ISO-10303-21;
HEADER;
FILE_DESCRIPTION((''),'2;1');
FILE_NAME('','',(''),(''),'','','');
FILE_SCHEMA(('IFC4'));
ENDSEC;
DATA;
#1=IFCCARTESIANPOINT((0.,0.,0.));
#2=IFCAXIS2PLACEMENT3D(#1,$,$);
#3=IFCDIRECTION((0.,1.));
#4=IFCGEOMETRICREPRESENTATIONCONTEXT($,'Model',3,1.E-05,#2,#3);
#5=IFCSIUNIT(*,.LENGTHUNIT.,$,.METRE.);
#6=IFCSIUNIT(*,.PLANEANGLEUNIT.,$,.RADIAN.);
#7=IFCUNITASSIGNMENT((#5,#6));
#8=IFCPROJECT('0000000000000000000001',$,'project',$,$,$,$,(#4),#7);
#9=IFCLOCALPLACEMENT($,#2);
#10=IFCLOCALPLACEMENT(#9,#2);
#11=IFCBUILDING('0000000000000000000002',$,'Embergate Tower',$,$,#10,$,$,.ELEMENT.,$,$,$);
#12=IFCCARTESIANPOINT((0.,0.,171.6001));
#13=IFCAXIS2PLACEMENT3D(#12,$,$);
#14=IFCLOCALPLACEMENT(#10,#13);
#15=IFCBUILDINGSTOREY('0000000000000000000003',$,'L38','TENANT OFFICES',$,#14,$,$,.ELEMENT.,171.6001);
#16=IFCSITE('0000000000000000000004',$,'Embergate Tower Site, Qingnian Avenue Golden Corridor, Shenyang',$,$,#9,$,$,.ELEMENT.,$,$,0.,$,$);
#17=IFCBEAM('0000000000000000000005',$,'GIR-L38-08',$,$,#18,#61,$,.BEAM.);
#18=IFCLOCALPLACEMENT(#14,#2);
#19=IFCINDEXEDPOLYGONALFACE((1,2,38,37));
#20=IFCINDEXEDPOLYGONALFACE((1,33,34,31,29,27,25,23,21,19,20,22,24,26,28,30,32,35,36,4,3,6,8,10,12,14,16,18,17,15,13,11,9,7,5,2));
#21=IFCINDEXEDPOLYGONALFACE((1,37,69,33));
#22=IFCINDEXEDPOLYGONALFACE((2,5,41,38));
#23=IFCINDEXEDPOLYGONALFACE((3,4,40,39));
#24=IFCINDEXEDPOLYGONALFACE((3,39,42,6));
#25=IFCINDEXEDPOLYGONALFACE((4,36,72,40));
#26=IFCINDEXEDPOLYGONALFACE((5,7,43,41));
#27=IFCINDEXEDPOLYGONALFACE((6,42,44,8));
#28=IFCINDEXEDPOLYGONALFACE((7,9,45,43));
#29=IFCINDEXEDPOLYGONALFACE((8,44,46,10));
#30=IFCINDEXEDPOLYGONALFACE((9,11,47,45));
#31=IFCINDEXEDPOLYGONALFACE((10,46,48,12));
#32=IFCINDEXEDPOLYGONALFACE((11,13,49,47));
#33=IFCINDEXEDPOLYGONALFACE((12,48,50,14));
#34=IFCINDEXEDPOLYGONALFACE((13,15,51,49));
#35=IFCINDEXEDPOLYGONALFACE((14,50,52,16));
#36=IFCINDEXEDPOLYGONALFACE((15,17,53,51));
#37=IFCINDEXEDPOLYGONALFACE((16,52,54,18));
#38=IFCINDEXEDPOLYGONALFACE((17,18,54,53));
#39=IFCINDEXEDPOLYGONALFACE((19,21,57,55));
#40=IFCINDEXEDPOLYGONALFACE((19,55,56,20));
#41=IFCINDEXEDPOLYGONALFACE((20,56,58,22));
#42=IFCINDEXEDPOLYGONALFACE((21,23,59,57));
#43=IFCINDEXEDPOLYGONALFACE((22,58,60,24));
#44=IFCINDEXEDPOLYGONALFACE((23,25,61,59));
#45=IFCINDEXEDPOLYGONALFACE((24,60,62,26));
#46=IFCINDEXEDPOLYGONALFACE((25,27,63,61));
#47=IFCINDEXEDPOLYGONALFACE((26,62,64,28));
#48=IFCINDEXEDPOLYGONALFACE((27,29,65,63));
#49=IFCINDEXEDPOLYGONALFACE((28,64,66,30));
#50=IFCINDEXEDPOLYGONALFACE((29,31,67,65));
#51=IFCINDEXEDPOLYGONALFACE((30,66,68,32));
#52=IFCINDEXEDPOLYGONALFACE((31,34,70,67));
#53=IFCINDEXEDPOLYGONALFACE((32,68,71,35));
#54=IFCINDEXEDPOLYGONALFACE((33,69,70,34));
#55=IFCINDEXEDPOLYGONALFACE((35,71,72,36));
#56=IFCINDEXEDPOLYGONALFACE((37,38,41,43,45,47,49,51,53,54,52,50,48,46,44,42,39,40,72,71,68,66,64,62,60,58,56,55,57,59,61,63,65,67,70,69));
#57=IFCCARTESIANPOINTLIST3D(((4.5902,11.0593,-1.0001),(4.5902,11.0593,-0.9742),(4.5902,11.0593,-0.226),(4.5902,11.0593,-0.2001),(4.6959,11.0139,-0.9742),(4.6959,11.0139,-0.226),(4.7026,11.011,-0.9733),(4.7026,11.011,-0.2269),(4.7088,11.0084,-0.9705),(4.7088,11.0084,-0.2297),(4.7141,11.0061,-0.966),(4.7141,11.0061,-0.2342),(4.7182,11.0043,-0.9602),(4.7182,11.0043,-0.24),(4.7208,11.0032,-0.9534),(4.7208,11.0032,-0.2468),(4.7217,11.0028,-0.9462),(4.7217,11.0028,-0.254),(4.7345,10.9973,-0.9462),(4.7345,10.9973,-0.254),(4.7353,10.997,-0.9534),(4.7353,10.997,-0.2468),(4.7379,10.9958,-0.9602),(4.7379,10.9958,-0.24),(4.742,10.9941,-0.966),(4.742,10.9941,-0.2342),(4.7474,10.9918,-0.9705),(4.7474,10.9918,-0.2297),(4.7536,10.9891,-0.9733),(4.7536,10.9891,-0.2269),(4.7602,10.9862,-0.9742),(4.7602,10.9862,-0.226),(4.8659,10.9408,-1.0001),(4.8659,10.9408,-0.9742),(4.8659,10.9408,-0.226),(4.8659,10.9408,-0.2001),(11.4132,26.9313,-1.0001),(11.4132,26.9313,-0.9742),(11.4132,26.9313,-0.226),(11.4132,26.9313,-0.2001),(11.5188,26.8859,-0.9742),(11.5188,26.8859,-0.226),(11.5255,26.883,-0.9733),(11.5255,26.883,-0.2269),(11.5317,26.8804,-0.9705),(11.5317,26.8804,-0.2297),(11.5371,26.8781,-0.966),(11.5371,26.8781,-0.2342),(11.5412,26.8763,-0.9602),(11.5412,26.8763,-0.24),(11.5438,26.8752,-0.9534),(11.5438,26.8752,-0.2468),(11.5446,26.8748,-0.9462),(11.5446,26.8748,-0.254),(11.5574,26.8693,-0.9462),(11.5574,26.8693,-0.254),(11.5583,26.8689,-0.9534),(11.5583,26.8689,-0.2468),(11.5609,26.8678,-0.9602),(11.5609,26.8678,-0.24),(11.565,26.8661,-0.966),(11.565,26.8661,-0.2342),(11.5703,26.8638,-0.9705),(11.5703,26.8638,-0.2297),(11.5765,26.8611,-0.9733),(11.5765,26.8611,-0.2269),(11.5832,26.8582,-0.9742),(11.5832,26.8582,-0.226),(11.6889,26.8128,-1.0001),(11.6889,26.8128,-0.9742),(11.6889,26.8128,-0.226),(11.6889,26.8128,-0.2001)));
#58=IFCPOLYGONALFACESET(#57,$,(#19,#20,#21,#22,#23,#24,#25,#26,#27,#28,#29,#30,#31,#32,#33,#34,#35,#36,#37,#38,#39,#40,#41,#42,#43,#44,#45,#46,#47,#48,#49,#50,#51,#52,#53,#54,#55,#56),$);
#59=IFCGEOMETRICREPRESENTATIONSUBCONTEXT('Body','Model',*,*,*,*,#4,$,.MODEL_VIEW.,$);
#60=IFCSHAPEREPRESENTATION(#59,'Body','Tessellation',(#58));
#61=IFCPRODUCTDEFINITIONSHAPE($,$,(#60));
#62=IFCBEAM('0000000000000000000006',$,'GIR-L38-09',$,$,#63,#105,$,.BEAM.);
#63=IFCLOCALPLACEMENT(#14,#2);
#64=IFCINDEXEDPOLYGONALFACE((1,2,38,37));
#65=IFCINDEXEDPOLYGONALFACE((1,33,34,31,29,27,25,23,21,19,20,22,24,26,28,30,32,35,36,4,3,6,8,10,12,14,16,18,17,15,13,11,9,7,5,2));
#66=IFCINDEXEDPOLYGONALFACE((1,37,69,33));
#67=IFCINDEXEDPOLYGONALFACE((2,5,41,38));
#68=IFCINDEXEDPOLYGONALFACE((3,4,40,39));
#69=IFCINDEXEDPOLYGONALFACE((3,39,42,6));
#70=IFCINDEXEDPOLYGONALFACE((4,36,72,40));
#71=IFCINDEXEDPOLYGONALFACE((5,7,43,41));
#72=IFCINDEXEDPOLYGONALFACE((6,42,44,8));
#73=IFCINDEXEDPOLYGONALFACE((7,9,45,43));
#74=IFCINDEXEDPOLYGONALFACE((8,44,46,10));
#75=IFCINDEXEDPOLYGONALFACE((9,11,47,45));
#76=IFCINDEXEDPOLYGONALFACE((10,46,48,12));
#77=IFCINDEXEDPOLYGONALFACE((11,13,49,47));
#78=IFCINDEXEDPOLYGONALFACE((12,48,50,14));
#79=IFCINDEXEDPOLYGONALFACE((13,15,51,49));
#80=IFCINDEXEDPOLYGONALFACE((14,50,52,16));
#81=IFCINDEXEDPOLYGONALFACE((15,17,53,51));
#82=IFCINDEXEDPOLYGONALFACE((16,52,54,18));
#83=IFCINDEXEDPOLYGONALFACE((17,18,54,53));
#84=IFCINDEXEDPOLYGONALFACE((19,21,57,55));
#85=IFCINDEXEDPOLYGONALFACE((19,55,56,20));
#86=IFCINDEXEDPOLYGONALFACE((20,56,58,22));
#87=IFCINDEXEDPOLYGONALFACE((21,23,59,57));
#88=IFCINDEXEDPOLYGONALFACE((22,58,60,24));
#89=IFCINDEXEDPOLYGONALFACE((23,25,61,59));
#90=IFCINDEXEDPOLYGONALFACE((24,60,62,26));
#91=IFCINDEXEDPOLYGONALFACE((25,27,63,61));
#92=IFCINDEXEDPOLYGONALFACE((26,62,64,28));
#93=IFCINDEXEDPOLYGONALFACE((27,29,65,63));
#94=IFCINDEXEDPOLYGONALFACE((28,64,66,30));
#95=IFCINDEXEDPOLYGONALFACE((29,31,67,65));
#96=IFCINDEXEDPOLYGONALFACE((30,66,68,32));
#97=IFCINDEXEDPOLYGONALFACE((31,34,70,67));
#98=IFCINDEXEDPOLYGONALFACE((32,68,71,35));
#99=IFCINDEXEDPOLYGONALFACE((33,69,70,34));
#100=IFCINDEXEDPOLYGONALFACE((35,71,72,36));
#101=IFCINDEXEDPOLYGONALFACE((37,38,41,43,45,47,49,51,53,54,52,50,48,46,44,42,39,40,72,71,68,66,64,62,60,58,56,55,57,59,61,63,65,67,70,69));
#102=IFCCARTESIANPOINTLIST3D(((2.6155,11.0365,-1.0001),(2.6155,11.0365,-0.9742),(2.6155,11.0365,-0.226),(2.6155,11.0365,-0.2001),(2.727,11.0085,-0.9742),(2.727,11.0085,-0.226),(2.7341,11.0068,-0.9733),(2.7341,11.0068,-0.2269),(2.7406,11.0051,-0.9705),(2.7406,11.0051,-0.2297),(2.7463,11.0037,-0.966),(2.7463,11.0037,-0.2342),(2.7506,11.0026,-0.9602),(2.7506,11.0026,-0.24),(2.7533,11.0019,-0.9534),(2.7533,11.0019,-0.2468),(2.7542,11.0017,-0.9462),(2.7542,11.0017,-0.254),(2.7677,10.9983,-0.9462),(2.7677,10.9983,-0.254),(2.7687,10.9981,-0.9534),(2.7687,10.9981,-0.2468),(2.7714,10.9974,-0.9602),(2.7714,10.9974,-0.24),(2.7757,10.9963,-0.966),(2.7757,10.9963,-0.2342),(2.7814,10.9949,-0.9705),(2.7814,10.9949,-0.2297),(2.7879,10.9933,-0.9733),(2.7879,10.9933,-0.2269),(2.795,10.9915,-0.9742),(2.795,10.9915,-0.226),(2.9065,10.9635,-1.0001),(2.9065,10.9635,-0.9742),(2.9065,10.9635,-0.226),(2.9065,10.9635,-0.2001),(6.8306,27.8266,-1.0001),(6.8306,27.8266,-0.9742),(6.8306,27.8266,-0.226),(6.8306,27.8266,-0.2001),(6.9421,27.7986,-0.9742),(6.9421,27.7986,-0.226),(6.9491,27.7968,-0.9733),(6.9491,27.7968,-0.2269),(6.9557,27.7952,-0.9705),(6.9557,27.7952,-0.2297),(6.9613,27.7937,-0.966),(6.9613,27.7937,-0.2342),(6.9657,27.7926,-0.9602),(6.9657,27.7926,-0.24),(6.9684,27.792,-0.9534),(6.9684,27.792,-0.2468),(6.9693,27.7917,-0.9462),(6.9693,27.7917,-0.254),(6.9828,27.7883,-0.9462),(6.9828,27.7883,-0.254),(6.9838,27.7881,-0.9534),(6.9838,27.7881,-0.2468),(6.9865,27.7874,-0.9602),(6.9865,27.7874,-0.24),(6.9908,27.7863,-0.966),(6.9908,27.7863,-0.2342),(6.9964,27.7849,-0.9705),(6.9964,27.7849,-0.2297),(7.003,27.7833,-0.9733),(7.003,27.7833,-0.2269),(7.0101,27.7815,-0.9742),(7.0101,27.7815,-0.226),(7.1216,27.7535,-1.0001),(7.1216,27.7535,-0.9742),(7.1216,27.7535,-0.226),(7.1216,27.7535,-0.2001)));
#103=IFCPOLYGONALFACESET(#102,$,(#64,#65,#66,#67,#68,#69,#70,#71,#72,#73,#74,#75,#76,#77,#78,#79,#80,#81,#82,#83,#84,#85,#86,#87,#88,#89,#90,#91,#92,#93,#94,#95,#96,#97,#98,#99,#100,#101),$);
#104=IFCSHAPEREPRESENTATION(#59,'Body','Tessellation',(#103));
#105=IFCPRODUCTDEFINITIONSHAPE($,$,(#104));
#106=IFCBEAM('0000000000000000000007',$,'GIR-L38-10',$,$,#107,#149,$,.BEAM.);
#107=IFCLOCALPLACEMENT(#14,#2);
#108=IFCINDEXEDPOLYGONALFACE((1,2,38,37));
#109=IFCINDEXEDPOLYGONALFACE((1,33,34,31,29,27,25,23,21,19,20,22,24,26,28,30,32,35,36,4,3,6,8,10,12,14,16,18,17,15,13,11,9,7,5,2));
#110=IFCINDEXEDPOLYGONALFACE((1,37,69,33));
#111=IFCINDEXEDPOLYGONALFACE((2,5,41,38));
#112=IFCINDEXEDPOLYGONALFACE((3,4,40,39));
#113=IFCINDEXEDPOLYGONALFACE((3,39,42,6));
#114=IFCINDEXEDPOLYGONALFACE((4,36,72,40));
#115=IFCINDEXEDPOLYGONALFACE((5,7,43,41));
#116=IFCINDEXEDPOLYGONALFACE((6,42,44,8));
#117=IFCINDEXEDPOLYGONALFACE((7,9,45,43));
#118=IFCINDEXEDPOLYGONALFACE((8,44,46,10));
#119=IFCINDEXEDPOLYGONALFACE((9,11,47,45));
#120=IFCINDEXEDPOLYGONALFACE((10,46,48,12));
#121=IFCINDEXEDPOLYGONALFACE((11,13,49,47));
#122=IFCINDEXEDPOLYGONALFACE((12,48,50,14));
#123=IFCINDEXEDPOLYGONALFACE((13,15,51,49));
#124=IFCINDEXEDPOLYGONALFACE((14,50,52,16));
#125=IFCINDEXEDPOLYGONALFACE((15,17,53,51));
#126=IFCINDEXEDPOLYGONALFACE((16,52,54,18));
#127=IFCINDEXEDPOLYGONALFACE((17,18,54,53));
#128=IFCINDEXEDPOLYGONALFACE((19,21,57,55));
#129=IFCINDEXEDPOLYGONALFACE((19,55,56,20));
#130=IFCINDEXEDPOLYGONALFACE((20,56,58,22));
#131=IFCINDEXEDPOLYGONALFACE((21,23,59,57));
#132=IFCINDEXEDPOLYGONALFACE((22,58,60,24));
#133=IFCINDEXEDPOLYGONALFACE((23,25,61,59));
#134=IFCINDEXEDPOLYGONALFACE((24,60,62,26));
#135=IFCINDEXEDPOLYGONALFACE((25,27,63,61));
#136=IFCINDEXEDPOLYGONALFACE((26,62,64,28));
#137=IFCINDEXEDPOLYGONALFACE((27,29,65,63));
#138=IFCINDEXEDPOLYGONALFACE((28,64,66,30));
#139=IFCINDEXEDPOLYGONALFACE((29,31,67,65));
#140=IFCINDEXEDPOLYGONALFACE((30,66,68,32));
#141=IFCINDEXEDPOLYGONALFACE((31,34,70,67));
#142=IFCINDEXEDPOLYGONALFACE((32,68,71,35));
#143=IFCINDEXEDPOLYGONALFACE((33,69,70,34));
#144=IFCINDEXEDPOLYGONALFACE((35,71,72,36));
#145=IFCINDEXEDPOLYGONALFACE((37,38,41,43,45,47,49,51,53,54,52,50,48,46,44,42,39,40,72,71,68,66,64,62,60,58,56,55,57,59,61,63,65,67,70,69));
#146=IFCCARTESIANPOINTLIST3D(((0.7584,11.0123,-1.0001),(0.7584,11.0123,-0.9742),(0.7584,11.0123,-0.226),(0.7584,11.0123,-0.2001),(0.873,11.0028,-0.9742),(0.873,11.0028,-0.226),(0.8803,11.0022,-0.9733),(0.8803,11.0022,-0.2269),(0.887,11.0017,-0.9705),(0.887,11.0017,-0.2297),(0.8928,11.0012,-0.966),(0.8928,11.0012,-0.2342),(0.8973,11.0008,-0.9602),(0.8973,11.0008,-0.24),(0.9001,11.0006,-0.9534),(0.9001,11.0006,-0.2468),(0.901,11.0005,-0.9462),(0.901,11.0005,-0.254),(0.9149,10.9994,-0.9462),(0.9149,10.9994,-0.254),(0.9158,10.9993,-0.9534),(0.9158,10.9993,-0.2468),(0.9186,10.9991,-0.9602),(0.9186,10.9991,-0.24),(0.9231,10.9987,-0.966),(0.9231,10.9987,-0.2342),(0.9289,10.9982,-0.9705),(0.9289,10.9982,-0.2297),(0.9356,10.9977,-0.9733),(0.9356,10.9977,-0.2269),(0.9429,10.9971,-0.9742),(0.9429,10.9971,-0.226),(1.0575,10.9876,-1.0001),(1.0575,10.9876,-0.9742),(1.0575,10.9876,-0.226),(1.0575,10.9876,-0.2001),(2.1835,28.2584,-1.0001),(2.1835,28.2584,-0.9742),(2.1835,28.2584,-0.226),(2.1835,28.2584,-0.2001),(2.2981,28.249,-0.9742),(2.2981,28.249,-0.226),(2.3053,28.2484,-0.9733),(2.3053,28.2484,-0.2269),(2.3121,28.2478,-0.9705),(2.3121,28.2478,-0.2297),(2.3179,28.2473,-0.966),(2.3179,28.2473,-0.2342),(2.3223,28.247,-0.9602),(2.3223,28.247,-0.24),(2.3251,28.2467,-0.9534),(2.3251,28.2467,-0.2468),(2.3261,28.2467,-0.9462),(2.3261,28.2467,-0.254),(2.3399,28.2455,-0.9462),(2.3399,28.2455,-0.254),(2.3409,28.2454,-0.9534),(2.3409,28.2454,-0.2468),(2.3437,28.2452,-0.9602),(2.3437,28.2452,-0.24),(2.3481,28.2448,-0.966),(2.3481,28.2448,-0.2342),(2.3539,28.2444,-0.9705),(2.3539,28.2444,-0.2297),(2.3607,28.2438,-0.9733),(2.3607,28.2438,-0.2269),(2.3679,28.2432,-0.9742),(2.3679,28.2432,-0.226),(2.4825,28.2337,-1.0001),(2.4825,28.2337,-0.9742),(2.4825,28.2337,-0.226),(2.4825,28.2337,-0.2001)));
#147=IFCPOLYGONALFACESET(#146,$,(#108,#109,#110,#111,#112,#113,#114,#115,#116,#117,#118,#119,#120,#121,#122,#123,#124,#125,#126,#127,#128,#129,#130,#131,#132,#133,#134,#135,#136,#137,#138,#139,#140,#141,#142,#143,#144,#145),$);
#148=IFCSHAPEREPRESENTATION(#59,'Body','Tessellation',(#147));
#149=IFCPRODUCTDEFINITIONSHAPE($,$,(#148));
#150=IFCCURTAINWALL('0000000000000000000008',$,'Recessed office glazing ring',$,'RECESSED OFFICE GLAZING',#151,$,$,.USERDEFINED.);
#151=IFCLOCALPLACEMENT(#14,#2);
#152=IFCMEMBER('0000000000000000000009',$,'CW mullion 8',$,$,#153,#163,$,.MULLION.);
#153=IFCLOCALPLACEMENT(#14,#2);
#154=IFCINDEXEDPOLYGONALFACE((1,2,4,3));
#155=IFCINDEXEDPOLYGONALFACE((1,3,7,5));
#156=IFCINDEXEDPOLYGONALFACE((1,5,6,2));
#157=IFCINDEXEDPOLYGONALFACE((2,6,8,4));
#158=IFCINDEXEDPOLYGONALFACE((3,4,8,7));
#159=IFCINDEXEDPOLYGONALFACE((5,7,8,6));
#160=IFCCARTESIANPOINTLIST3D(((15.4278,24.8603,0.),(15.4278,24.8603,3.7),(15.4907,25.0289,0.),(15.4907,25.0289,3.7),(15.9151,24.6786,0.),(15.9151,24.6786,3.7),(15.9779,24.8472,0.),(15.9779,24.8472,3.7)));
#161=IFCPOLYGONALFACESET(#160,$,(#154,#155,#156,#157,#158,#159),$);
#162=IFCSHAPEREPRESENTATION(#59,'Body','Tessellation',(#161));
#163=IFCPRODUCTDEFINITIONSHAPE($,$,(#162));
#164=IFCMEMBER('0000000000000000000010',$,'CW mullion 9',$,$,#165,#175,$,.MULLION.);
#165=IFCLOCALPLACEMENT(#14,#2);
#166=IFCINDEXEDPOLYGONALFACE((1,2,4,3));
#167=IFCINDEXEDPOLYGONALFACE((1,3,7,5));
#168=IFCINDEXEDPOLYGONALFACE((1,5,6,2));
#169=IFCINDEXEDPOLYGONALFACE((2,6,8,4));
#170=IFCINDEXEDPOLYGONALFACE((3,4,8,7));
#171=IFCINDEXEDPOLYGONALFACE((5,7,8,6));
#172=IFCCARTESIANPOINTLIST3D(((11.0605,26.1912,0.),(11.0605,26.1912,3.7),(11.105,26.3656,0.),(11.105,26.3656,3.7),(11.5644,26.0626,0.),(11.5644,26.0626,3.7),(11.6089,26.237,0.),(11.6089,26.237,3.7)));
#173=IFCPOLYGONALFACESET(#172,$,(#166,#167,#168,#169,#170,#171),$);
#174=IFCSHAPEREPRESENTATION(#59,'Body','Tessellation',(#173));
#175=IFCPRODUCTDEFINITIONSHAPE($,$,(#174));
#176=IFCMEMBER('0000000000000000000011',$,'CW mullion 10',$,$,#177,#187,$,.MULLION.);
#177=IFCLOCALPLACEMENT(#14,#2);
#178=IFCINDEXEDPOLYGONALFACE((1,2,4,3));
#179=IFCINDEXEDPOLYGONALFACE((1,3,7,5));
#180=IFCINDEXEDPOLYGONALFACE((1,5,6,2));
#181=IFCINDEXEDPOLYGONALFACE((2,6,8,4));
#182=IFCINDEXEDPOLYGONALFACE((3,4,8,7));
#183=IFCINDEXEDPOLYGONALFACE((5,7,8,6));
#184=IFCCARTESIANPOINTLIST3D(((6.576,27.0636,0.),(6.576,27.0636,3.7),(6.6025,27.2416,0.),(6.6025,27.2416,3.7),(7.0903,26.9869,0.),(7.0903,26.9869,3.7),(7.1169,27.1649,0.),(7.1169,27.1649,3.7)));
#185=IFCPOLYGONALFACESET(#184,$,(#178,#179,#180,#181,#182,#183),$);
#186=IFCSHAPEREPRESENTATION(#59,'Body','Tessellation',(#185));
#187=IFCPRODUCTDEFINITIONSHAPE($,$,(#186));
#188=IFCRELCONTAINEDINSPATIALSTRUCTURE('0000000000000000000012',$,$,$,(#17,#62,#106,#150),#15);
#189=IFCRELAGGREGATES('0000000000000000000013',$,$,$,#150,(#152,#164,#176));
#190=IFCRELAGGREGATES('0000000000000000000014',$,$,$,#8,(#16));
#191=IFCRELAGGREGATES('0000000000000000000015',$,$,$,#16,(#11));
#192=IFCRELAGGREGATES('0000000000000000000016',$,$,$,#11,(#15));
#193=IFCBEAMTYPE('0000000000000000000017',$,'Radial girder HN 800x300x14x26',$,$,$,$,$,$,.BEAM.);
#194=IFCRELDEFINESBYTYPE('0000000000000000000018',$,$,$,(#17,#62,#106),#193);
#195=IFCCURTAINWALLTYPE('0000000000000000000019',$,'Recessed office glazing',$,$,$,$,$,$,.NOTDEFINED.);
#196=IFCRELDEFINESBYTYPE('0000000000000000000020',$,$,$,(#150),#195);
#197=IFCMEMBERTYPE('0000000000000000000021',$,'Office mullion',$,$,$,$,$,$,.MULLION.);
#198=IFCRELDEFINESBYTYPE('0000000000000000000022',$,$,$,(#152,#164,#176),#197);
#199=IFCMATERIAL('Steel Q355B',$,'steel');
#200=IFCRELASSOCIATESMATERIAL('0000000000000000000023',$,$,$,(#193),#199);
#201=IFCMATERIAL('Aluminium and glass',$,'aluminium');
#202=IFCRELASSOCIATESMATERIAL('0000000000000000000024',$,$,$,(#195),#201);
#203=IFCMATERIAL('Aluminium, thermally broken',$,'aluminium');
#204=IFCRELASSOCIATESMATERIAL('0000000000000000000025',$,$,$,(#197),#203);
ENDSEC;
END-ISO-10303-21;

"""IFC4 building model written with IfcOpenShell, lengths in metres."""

from ifc_helpers import new_model, si_unit, direction, frame, origin, origin_2d, place, context, subcontext, project, spatial, rectangle, i_section, extrude, source, transform, mapped, material, material_profile, profile_set, type_object, element, aggregate, save


model = new_model("IFC4")

# Units and contexts
model_context = context("Model", 3, precision=1e-05, world=origin(), true_north=direction((0.0, 1.0)))
body_context = subcontext(model_context, "Body", "Model", "MODEL_VIEW")
ifc_project = project(units=[si_unit("LENGTHUNIT", "METRE"), si_unit("PLANEANGLEUNIT", "RADIAN")], contexts=[model_context])

# Site, building, storey
site_placement = place(None, origin())
site = spatial("IfcSite", under=ifc_project, at=site_placement, Name="Embergate Tower Site, Qingnian Avenue Golden Corridor, Shenyang", CompositionType="ELEMENT", RefElevation=0.0)
building_placement = place(site_placement, origin())
building = spatial("IfcBuilding", under=site, at=building_placement, Name="Embergate Tower", CompositionType="ELEMENT")
storey_placement = place(building_placement, frame((0.0, 0.0, 171.6001)))
storey = spatial("IfcBuildingStorey", under=building, at=storey_placement, Name="L38", Description="TENANT OFFICES", CompositionType="ELEMENT", Elevation=171.6001)

# Beams
ifc_material_1 = material(Name="Steel Q355B", Category="steel")
ifc_material_profile_1 = material_profile(ifc_material_1, i_section(OverallWidth=0.3, OverallDepth=0.8, WebThickness=0.0139, FlangeThickness=0.0259, FilletRadius=0.0281, at=origin_2d()), Name="HN 800x300x14x26")
ifc_profile_set_1 = profile_set([ifc_material_profile_1], Name="Steel Q355 grade B")
beam_type_1 = type_object("IfcBeamType", Name="Radial girder HN 800x300x14x26", PredefinedType="BEAM", material=ifc_profile_set_1)
shared_shape_1 = source(origin(), body_context, "Body", "SweptSolid", [
    extrude(i_section(OverallWidth=0.3, OverallDepth=0.8, WebThickness=0.0139, FlangeThickness=0.0259, FilletRadius=0.0281, at=origin_2d()), origin(), (0.0, 0.0, 1.0), 17.2764),
])
beam_1_placement = place(storey_placement, frame((11.551, 26.8721, -0.6001), z_axis=(-0.39493, -0.918711, 0.0), x_axis=(0.918711, -0.39493, 0.0)))
element("IfcBeam", 1, at=beam_1_placement, inside=storey, type_object=beam_type_1, Name="GIR-L38-08", PredefinedType="BEAM", context=body_context, shape_type="MappedRepresentation", body=[
    mapped(shared_shape_1, transform((0.0, 0.0, 0.0))),
])
shared_shape_2 = source(origin(), body_context, "Body", "SweptSolid", [
    extrude(i_section(OverallWidth=0.3, OverallDepth=0.8, WebThickness=0.0139, FlangeThickness=0.0259, FilletRadius=0.0281, at=origin_2d()), origin(), (0.0, 0.0, 1.0), 17.311),
])
beam_2_placement = place(storey_placement, frame((6.9761, 27.79, -0.6001), z_axis=(-0.243491, -0.969903, 0.0), x_axis=(0.969903, -0.243491, 0.0)))
element("IfcBeam", 2, at=beam_2_placement, inside=storey, type_object=beam_type_1, Name="GIR-L38-09", PredefinedType="BEAM", context=body_context, shape_type="MappedRepresentation", body=[
    mapped(shared_shape_2, transform((0.0, 0.0, 0.0))),
])
shared_shape_3 = source(origin(), body_context, "Body", "SweptSolid", [
    extrude(i_section(OverallWidth=0.3, OverallDepth=0.8, WebThickness=0.0139, FlangeThickness=0.0259, FilletRadius=0.0281, at=origin_2d()), origin(), (0.0, 0.0, 1.0), 17.3049),
])
beam_3_placement = place(storey_placement, frame((2.333, 28.2461, -0.6001), z_axis=(-0.08235, -0.996604, 0.0), x_axis=(0.996604, -0.08235, 0.0)))
element("IfcBeam", 3, at=beam_3_placement, inside=storey, type_object=beam_type_1, Name="GIR-L38-10", PredefinedType="BEAM", context=body_context, shape_type="MappedRepresentation", body=[
    mapped(shared_shape_3, transform((0.0, 0.0, 0.0))),
])

# Curtain wall, members
ifc_material_2 = material(Name="Aluminium and glass", Category="aluminium")
curtain_wall_type = type_object("IfcCurtainWallType", Name="Recessed office glazing", PredefinedType="NOTDEFINED", material=ifc_material_2)
curtain_wall_placement = place(storey_placement, origin())
curtain_wall = element("IfcCurtainWall", 4, at=curtain_wall_placement, inside=storey, type_object=curtain_wall_type, Name="Recessed office glazing ring", ObjectType="RECESSED OFFICE GLAZING", PredefinedType="USERDEFINED")
ifc_material_3 = material(Name="Aluminium, thermally broken", Category="aluminium")
ifc_material_profile_2 = material_profile(ifc_material_3, rectangle(XDim=0.1799, YDim=0.52, at=origin_2d()), Name="AL 520x180")
ifc_profile_set_2 = profile_set([ifc_material_profile_2], Name="Aluminium, thermally broken")
member_type_1 = type_object("IfcMemberType", Name="Office mullion", PredefinedType="MULLION", material=ifc_profile_set_2)
shared_shape_4 = source(origin(), body_context, "Body", "SweptSolid", [
    extrude(rectangle(XDim=0.1799, YDim=0.52, at=origin_2d()), origin(), (0.0, 0.0, 1.0), 3.7),
])
member_1_placement = place(storey_placement, frame((15.7029, 24.8538, 0.0), z_axis=(0.0, 0.0, 1.0), x_axis=(-0.349498, -0.936937, 0.0)))
member_1 = element("IfcMember", 5, at=member_1_placement, type_object=member_type_1, Name="CW mullion 8", PredefinedType="MULLION", context=body_context, shape_type="MappedRepresentation", body=[
    mapped(shared_shape_4, transform((0.0, 0.0, 0.0))),
])
member_2_placement = place(storey_placement, frame((11.3347, 26.2141, 0.0), z_axis=(0.0, 0.0, 1.0), x_axis=(-0.247308, -0.968937, 0.0)))
member_2 = element("IfcMember", 6, at=member_2_placement, type_object=member_type_1, Name="CW mullion 9", PredefinedType="MULLION", context=body_context, shape_type="MappedRepresentation", body=[
    mapped(shared_shape_4, transform((0.0, 0.0, 0.0))),
])
member_3_placement = place(storey_placement, frame((6.8464, 27.1143, 0.0), z_axis=(0.0, 0.0, 1.0), x_axis=(-0.147409, -0.989076, 0.0)))
member_3 = element("IfcMember", 7, at=member_3_placement, type_object=member_type_1, Name="CW mullion 10", PredefinedType="MULLION", context=body_context, shape_type="MappedRepresentation", body=[
    mapped(shared_shape_4, transform((0.0, 0.0, 0.0))),
])
aggregate(curtain_wall, [member_1, member_2, member_3])

save(model, "model.ifc")
